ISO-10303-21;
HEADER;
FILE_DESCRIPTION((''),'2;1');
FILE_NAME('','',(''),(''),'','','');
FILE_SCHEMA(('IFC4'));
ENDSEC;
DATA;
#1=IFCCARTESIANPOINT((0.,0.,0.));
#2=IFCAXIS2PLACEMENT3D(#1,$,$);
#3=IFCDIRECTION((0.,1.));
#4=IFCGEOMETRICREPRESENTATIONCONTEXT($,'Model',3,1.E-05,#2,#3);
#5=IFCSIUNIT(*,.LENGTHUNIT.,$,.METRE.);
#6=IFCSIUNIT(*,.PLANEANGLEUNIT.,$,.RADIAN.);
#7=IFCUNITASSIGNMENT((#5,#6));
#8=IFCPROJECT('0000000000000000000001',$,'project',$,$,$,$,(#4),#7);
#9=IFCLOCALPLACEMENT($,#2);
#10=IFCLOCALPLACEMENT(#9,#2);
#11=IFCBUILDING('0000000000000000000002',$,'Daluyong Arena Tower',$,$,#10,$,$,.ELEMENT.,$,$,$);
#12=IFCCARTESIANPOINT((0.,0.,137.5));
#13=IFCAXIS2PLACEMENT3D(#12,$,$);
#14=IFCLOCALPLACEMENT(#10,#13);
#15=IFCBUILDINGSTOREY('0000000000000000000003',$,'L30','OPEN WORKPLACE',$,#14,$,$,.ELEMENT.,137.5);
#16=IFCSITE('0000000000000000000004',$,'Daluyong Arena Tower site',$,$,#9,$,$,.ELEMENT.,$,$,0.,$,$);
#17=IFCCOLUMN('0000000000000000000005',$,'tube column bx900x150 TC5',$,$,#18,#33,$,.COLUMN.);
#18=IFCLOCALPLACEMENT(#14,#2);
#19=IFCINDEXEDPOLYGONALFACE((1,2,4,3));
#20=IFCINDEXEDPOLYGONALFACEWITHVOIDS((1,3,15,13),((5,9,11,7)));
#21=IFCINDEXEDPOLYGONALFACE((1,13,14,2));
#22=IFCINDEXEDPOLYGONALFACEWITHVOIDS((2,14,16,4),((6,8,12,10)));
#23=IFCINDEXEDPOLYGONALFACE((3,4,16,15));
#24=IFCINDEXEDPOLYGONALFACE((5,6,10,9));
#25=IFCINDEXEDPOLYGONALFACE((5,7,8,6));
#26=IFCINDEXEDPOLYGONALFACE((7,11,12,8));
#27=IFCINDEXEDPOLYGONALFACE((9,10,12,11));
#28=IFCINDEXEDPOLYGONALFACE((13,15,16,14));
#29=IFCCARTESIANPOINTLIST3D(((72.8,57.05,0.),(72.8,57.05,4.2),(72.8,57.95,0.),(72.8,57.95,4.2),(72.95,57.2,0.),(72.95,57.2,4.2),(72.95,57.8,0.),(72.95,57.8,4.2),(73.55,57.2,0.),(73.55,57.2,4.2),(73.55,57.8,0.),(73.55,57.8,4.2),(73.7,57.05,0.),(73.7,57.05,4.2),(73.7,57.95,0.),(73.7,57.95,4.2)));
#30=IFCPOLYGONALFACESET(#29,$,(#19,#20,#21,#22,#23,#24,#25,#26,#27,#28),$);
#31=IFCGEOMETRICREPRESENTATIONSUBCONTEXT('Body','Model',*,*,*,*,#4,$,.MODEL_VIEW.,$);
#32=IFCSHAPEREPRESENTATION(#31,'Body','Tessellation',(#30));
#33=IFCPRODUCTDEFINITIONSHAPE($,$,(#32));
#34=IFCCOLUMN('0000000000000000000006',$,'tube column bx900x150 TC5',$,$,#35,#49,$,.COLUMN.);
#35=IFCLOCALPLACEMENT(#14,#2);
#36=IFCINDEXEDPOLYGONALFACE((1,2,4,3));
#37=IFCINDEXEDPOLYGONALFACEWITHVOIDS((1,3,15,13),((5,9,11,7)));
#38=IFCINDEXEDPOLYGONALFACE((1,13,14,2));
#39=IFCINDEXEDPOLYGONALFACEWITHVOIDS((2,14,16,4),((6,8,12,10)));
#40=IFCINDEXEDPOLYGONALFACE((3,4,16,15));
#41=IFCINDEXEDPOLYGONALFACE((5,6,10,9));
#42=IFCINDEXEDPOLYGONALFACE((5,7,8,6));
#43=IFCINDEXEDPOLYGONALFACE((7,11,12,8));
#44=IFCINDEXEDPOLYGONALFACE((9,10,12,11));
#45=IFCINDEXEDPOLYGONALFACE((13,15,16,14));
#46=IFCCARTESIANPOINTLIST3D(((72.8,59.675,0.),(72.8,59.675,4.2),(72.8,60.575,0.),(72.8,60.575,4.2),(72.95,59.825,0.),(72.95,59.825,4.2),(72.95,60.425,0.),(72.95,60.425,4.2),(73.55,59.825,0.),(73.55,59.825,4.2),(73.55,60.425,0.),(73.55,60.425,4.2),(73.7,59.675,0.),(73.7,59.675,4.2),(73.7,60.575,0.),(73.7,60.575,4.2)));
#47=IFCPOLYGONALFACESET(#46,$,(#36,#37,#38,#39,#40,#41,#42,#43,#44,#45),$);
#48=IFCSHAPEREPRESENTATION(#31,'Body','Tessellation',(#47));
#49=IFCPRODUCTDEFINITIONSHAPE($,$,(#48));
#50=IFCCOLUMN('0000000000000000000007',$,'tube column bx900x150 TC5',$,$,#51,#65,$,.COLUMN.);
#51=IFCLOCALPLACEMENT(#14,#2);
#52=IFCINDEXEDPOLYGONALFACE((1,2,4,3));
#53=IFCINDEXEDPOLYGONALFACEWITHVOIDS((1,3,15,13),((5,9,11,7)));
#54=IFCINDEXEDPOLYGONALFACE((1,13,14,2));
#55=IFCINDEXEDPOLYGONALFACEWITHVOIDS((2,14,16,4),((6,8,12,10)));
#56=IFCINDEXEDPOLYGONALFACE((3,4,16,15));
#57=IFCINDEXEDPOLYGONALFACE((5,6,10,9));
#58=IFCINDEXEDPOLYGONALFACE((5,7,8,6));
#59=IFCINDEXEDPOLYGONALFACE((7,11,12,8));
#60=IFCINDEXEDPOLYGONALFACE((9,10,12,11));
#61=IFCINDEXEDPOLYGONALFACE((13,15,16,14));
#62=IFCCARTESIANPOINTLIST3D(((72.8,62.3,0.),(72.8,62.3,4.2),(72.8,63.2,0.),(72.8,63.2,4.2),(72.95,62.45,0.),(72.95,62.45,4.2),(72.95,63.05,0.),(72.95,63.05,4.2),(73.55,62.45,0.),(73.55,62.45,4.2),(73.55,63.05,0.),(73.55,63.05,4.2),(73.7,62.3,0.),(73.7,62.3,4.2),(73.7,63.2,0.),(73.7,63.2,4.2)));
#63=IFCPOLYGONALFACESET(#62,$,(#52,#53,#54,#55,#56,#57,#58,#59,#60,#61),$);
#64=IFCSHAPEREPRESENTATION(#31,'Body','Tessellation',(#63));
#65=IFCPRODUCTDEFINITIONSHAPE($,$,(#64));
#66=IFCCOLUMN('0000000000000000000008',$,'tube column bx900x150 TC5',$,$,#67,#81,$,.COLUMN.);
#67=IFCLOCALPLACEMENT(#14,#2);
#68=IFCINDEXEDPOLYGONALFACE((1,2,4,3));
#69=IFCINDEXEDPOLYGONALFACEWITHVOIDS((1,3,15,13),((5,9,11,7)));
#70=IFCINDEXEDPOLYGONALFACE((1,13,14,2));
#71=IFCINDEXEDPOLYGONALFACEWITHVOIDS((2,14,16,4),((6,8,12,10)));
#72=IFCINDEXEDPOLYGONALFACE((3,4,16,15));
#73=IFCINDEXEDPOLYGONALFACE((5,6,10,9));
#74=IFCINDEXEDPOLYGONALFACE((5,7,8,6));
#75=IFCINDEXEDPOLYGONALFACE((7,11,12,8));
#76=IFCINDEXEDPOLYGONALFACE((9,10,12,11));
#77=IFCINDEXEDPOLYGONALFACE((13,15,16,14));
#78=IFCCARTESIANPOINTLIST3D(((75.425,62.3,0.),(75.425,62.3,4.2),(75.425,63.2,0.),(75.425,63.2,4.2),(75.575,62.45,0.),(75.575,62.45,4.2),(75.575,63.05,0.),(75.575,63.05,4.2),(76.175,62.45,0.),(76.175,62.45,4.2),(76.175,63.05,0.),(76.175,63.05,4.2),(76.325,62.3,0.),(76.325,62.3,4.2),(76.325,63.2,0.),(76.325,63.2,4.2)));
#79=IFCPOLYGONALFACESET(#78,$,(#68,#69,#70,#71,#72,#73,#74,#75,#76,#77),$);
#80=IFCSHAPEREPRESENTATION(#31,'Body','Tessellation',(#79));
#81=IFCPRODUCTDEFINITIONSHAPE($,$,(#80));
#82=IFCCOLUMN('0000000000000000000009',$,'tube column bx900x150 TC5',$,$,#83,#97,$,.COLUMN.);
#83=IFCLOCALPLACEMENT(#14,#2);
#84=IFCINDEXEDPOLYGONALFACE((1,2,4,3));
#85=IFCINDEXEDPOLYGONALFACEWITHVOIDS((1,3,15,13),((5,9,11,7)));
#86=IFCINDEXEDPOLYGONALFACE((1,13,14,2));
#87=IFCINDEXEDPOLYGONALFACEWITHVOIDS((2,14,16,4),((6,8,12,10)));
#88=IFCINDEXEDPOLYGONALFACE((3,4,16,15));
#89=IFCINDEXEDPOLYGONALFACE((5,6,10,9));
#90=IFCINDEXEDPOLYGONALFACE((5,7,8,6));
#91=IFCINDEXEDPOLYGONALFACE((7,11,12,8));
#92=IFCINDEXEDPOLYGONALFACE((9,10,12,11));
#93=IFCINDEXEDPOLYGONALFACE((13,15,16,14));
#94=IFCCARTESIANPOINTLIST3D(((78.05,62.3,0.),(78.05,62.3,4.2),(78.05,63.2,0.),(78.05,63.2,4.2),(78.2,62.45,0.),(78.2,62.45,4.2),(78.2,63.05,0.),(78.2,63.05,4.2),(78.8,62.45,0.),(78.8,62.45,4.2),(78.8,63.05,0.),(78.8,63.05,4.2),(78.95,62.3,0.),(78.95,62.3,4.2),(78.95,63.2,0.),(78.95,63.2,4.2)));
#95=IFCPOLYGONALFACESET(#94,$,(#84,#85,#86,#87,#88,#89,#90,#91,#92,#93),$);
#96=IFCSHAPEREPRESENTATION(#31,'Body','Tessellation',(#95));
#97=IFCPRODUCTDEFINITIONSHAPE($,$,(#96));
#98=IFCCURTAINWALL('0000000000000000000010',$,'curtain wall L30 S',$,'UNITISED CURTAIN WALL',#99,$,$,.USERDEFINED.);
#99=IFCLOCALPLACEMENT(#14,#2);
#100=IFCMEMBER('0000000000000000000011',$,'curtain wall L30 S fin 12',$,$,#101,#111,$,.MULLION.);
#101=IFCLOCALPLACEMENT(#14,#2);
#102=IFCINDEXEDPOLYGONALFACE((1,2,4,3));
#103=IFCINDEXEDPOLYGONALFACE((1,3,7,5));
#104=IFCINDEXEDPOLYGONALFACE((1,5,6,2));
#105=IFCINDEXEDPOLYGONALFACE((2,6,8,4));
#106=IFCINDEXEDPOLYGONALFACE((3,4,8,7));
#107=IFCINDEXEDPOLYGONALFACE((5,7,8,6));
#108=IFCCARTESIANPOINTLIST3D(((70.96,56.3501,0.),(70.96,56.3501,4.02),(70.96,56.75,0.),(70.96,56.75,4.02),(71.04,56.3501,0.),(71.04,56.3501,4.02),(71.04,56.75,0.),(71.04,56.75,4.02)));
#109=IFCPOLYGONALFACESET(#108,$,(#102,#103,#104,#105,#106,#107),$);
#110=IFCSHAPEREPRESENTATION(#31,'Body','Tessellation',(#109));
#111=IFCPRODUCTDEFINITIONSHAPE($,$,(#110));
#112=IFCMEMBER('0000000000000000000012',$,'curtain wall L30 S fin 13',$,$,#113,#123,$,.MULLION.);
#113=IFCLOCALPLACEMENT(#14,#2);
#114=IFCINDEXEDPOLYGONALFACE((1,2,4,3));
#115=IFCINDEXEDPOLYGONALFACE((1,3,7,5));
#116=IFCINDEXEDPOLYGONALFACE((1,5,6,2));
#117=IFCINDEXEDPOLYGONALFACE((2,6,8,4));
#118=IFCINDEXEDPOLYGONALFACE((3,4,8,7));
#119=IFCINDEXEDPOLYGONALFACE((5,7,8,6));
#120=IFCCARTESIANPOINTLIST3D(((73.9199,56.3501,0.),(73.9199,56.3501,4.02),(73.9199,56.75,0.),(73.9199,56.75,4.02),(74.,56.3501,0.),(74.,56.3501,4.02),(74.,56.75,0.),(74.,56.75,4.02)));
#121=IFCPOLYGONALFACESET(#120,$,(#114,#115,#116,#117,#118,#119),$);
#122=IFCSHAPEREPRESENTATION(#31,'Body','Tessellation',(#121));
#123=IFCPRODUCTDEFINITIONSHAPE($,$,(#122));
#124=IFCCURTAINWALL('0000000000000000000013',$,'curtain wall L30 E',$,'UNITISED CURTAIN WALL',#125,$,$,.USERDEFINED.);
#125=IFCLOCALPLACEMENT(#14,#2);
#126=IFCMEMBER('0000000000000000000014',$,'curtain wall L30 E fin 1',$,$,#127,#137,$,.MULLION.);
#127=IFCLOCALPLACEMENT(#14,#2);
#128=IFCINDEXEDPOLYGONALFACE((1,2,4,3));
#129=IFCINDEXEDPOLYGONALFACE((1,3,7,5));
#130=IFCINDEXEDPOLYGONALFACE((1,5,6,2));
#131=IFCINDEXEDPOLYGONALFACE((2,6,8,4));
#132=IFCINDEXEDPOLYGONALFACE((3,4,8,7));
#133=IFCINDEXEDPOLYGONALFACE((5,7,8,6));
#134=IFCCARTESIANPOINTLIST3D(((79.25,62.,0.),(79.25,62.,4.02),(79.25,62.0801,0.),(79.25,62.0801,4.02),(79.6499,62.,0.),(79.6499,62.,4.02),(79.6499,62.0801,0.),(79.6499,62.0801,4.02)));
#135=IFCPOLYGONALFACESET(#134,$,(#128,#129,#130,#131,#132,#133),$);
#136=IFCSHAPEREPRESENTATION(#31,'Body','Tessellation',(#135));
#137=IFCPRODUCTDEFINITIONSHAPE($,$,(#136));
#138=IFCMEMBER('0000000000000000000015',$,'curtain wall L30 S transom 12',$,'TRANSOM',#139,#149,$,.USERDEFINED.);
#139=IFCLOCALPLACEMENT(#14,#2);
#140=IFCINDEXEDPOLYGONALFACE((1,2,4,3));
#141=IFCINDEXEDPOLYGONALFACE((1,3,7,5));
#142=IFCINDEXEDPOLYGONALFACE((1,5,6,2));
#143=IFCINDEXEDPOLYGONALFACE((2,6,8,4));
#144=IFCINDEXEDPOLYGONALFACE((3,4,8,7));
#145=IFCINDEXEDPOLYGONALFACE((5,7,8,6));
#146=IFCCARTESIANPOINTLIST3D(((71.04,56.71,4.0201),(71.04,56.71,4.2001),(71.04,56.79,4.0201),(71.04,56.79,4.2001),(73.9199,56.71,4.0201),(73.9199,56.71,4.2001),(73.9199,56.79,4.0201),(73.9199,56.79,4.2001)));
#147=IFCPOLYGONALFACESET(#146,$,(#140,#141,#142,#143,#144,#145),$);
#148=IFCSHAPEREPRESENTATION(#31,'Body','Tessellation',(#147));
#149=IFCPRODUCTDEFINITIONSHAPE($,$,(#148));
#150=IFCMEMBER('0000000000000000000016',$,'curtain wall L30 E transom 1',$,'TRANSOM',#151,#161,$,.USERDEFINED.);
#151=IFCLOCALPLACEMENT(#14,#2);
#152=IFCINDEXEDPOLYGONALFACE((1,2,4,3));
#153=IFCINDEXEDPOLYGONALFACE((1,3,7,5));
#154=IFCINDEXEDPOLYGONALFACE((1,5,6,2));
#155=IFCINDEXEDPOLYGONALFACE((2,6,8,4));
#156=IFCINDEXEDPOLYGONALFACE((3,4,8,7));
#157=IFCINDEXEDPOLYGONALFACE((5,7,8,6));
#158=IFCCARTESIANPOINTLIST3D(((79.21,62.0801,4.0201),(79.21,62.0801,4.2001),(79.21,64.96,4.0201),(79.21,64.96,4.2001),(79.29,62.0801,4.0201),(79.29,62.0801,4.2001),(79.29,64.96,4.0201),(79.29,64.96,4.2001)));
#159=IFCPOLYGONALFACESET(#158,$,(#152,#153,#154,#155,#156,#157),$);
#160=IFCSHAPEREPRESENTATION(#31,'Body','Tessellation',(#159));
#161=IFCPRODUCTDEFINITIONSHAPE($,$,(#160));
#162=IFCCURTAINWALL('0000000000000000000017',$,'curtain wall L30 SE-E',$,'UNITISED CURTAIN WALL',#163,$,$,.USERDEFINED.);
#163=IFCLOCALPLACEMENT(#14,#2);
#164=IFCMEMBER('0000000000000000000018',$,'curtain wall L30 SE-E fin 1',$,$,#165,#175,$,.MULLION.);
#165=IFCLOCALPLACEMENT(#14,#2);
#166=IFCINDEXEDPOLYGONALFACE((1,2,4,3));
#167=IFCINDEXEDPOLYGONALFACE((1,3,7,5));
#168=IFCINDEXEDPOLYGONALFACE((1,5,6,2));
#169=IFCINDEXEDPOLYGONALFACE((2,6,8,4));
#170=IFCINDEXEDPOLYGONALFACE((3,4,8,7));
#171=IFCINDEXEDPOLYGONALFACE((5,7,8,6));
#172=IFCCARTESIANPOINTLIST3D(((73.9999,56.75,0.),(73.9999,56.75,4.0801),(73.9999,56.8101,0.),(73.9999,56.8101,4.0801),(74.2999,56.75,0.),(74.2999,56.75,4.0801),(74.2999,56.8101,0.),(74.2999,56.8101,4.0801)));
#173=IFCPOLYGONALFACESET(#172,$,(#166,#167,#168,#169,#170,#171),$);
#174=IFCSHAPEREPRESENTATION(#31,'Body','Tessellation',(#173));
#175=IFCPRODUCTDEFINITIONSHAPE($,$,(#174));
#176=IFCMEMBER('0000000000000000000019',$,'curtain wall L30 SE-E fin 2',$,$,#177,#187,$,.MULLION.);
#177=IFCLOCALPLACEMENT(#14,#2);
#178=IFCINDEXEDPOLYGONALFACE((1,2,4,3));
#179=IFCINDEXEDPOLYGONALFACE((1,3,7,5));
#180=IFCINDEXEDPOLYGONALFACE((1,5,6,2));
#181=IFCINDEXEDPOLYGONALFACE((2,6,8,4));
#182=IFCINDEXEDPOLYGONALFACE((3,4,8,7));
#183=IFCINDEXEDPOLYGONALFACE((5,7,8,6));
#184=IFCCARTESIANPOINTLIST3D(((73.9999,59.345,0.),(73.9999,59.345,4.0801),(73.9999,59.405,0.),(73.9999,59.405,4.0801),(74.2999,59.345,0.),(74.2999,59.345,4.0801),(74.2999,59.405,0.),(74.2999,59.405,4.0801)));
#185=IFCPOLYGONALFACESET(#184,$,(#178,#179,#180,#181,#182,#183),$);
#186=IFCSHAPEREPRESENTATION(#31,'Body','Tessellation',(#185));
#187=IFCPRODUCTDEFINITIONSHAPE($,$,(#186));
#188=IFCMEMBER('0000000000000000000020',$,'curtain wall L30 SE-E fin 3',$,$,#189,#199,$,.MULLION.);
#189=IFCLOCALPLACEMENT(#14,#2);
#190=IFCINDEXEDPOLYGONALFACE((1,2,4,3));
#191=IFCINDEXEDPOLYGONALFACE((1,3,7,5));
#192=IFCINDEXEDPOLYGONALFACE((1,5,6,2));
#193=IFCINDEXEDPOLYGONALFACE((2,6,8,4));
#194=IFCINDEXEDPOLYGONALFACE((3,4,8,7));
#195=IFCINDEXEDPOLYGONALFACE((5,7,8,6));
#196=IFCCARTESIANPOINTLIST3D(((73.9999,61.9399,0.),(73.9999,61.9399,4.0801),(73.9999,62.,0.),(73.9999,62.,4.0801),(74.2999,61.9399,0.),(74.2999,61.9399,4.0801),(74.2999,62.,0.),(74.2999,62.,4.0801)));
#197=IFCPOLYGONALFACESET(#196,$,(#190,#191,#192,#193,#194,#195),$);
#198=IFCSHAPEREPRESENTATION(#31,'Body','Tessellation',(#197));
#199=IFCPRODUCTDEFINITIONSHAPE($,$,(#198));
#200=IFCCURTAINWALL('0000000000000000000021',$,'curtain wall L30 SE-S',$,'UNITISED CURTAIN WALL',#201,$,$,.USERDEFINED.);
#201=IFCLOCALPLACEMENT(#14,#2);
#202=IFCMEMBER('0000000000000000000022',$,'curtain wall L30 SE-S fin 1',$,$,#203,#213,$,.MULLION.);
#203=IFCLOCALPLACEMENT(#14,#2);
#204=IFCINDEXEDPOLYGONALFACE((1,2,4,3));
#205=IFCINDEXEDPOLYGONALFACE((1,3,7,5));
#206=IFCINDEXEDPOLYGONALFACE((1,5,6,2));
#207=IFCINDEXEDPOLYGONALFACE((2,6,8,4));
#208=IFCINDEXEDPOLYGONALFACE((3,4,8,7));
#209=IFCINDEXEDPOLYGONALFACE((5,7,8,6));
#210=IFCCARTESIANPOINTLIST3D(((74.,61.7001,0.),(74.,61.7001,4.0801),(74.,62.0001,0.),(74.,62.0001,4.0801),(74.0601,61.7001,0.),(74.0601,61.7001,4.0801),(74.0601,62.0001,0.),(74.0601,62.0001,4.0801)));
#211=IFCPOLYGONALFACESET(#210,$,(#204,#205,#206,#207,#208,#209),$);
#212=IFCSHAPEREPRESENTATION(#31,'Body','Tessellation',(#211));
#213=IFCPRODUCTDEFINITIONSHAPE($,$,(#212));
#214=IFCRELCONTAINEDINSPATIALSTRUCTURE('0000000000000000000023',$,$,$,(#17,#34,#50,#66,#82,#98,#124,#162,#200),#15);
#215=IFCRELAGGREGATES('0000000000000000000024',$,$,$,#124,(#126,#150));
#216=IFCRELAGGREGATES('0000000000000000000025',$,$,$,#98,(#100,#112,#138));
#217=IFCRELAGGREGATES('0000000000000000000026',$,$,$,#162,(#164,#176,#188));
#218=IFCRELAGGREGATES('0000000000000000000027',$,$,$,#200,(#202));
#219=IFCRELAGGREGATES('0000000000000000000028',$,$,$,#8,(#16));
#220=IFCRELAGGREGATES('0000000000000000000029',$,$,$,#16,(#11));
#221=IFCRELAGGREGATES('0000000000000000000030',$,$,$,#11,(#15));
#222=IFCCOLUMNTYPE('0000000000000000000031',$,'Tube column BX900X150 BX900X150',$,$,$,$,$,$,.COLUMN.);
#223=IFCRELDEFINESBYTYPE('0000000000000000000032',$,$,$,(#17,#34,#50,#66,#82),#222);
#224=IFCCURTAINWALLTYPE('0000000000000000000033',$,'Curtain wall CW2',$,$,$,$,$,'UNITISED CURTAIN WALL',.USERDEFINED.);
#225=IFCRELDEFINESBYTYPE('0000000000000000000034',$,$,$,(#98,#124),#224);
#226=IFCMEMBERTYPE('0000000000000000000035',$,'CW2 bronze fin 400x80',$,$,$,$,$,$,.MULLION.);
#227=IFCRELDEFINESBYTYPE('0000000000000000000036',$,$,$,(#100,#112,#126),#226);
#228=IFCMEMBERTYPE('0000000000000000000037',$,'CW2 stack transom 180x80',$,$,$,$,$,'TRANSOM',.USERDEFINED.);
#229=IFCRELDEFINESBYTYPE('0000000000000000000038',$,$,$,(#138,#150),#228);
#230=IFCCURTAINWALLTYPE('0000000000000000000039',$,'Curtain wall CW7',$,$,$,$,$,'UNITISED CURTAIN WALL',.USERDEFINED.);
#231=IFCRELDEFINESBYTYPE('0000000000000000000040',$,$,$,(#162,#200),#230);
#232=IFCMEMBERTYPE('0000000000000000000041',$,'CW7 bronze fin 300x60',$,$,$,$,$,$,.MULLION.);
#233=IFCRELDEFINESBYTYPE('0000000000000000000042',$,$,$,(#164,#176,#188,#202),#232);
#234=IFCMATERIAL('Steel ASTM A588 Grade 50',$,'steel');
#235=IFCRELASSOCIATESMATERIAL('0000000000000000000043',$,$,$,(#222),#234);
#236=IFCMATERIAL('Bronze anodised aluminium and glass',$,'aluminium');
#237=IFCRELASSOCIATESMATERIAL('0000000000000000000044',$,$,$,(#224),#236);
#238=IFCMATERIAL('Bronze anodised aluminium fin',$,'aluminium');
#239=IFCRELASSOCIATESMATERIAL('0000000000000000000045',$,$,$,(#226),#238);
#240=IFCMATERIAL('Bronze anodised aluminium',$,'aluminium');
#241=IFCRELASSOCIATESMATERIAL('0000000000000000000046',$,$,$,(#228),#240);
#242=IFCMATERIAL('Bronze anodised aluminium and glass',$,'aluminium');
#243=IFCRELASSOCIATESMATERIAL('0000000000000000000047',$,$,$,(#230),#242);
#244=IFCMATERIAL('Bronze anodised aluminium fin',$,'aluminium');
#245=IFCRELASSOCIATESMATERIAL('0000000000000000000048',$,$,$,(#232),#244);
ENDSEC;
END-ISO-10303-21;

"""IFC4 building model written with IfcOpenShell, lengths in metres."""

from ifc_helpers import new_model, si_unit, direction, frame, origin, origin_2d, place, context, subcontext, project, spatial, rectangle, hollow_rectangle, extrude, material, material_profile, profile_set, type_object, element, aggregate, save


model = new_model("IFC4")

# Units and contexts
model_context = context("Model", 3, precision=1e-05, world=origin(), true_north=direction((0.0, 1.0)))
body_context = subcontext(model_context, "Body", "Model", "MODEL_VIEW")
ifc_project = project(units=[si_unit("LENGTHUNIT", "METRE"), si_unit("PLANEANGLEUNIT", "RADIAN")], contexts=[model_context])

# Site, building, storey
site_placement = place(None, origin())
site = spatial("IfcSite", under=ifc_project, at=site_placement, Name="Daluyong Arena Tower site", CompositionType="ELEMENT", RefElevation=0.0)
building_placement = place(site_placement, origin())
building = spatial("IfcBuilding", under=site, at=building_placement, Name="Daluyong Arena Tower", CompositionType="ELEMENT")
storey_placement = place(building_placement, frame((0.0, 0.0, 137.5)))
storey = spatial("IfcBuildingStorey", under=building, at=storey_placement, Name="L30", Description="OPEN WORKPLACE", CompositionType="ELEMENT", Elevation=137.5)

# Columns
ifc_material_1 = material(Name="Steel ASTM A588 Grade 50", Category="steel")
ifc_material_profile_1 = material_profile(ifc_material_1, hollow_rectangle(XDim=0.8999, YDim=0.8999, WallThickness=0.15, at=origin_2d()))
ifc_profile_set_1 = profile_set([ifc_material_profile_1], Name="Steel ASTM A588 Grade 50")
column_type = type_object("IfcColumnType", Name="Tube column BX900X150 BX900X150", PredefinedType="COLUMN", material=ifc_profile_set_1)
for number, where, z_axis, x_axis, name in (
    (1, (73.25, 57.5, 0.0), (0.0, 0.0, 1.0), (0.0, 1.0, 0.0), "tube column bx900x150 TC5"),
    (2, (73.25, 60.125, 0.0), (0.0, 0.0, 1.0), (0.0, 1.0, 0.0), "tube column bx900x150 TC5"),
    (3, (73.25, 62.75, 0.0), (0.0, 0.0, 1.0), (1.0, 0.0, 0.0), "tube column bx900x150 TC5"),
    (4, (75.875, 62.75, 0.0), (0.0, 0.0, 1.0), (1.0, 0.0, 0.0), "tube column bx900x150 TC5"),
    (5, (78.5, 62.75, 0.0), (0.0, 0.0, 1.0), (0.0, 1.0, 0.0), "tube column bx900x150 TC5"),
):
    element("IfcColumn", number, at=place(storey_placement, frame(where, z_axis=z_axis, x_axis=x_axis)), inside=storey, type_object=column_type, Name=name, PredefinedType="COLUMN", context=body_context, shape_type="SweptSolid", body=[
        extrude(hollow_rectangle(XDim=0.8999, YDim=0.8999, WallThickness=0.15, at=origin_2d()), origin(), (0.0, 0.0, 1.0), 4.2),
    ])

# Curtain wall, members
ifc_material_2 = material(Name="Bronze anodised aluminium and glass", Category="aluminium")
curtain_wall_type_1 = type_object("IfcCurtainWallType", Name="Curtain wall CW2", ElementType="UNITISED CURTAIN WALL", PredefinedType="USERDEFINED", material=ifc_material_2)
curtain_wall_1_placement = place(storey_placement, origin())
curtain_wall_1 = element("IfcCurtainWall", 6, at=curtain_wall_1_placement, inside=storey, type_object=curtain_wall_type_1, Name="curtain wall L30 S", ObjectType="UNITISED CURTAIN WALL", PredefinedType="USERDEFINED")
ifc_material_3 = material(Name="Bronze anodised aluminium fin", Category="aluminium")
ifc_material_profile_2 = material_profile(ifc_material_3, rectangle(XDim=0.3999, YDim=0.0801, at=origin_2d()))
ifc_profile_set_2 = profile_set([ifc_material_profile_2], Name="Bronze anodised aluminium fin")
member_type_1 = type_object("IfcMemberType", Name="CW2 bronze fin 400x80", PredefinedType="MULLION", material=ifc_profile_set_2)
member_1_placement = place(storey_placement, frame((71.0, 56.55, 0.0), z_axis=(0.0, 0.0, 1.0), x_axis=(0.0, 1.0, 0.0)))
member_1 = element("IfcMember", 7, at=member_1_placement, type_object=member_type_1, Name="curtain wall L30 S fin 12", PredefinedType="MULLION", context=body_context, shape_type="SweptSolid", body=[
    extrude(rectangle(XDim=0.3999, YDim=0.0801, at=origin_2d()), origin(), (0.0, 0.0, 1.0), 4.02),
])
member_2_placement = place(storey_placement, frame((73.96, 56.55, 0.0), z_axis=(0.0, 0.0, 1.0), x_axis=(0.0, 1.0, 0.0)))
member_2 = element("IfcMember", 8, at=member_2_placement, type_object=member_type_1, Name="curtain wall L30 S fin 13", PredefinedType="MULLION", context=body_context, shape_type="SweptSolid", body=[
    extrude(rectangle(XDim=0.3999, YDim=0.0801, at=origin_2d()), origin(), (0.0, 0.0, 1.0), 4.02),
])

# Curtain wall, member
curtain_wall_2_placement = place(storey_placement, origin())
curtain_wall_2 = element("IfcCurtainWall", 9, at=curtain_wall_2_placement, inside=storey, type_object=curtain_wall_type_1, Name="curtain wall L30 E", ObjectType="UNITISED CURTAIN WALL", PredefinedType="USERDEFINED")
member_3_placement = place(storey_placement, frame((79.45, 62.04, 0.0), z_axis=(0.0, 0.0, 1.0), x_axis=(-1.0, 0.0, 0.0)))
member_3 = element("IfcMember", 10, at=member_3_placement, type_object=member_type_1, Name="curtain wall L30 E fin 1", PredefinedType="MULLION", context=body_context, shape_type="SweptSolid", body=[
    extrude(rectangle(XDim=0.3999, YDim=0.0801, at=origin_2d()), origin(), (0.0, 0.0, 1.0), 4.02),
])

# Members
ifc_material_4 = material(Name="Bronze anodised aluminium", Category="aluminium")
ifc_material_profile_3 = material_profile(ifc_material_4, rectangle(XDim=0.0801, YDim=0.1799, at=origin_2d()))
ifc_profile_set_3 = profile_set([ifc_material_profile_3], Name="Bronze anodised aluminium")
member_type_2 = type_object("IfcMemberType", Name="CW2 stack transom 180x80", ElementType="TRANSOM", PredefinedType="USERDEFINED", material=ifc_profile_set_3)
member_4_placement = place(storey_placement, frame((71.04, 56.75, 4.1101), z_axis=(1.0, 0.0, 0.0), x_axis=(0.0, 1.0, 0.0)))
member_4 = element("IfcMember", 11, at=member_4_placement, type_object=member_type_2, Name="curtain wall L30 S transom 12", ObjectType="TRANSOM", PredefinedType="USERDEFINED", context=body_context, shape_type="SweptSolid", body=[
    extrude(rectangle(XDim=0.0801, YDim=0.1799, at=origin_2d()), origin(), (0.0, 0.0, 1.0), 2.8799),
])
member_5_placement = place(storey_placement, frame((79.25, 62.0801, 4.1101), z_axis=(0.0, 1.0, 0.0), x_axis=(-1.0, 0.0, 0.0)))
member_5 = element("IfcMember", 12, at=member_5_placement, type_object=member_type_2, Name="curtain wall L30 E transom 1", ObjectType="TRANSOM", PredefinedType="USERDEFINED", context=body_context, shape_type="SweptSolid", body=[
    extrude(rectangle(XDim=0.0801, YDim=0.1799, at=origin_2d()), origin(), (0.0, 0.0, 1.0), 2.8799),
])
aggregate(curtain_wall_2, [member_3, member_5])

# Curtain walls, members
ifc_material_5 = material(Name="Bronze anodised aluminium and glass", Category="aluminium")
curtain_wall_type_2 = type_object("IfcCurtainWallType", Name="Curtain wall CW7", ElementType="UNITISED CURTAIN WALL", PredefinedType="USERDEFINED", material=ifc_material_5)
curtain_wall_3_placement = place(storey_placement, origin())
curtain_wall_3 = element("IfcCurtainWall", 13, at=curtain_wall_3_placement, inside=storey, type_object=curtain_wall_type_2, Name="curtain wall L30 SE-E", ObjectType="UNITISED CURTAIN WALL", PredefinedType="USERDEFINED")
ifc_material_6 = material(Name="Bronze anodised aluminium fin", Category="aluminium")
ifc_material_profile_4 = material_profile(ifc_material_6, rectangle(XDim=0.3, YDim=0.0601, at=origin_2d()))
ifc_profile_set_4 = profile_set([ifc_material_profile_4], Name="Bronze anodised aluminium fin")
member_type_3 = type_object("IfcMemberType", Name="CW7 bronze fin 300x60", PredefinedType="MULLION", material=ifc_profile_set_4)
member_6_placement = place(storey_placement, frame((74.1499, 56.78, 0.0), z_axis=(0.0, 0.0, 1.0), x_axis=(-1.0, 0.0, 0.0)))
member_6 = element("IfcMember", 14, at=member_6_placement, type_object=member_type_3, Name="curtain wall L30 SE-E fin 1", PredefinedType="MULLION", context=body_context, shape_type="SweptSolid", body=[
    extrude(rectangle(XDim=0.3, YDim=0.0601, at=origin_2d()), origin(), (0.0, 0.0, 1.0), 4.0801),
])
member_7_placement = place(storey_placement, frame((74.1499, 59.375, 0.0), z_axis=(0.0, 0.0, 1.0), x_axis=(-1.0, 0.0, 0.0)))
member_7 = element("IfcMember", 15, at=member_7_placement, type_object=member_type_3, Name="curtain wall L30 SE-E fin 2", PredefinedType="MULLION", context=body_context, shape_type="SweptSolid", body=[
    extrude(rectangle(XDim=0.3, YDim=0.0601, at=origin_2d()), origin(), (0.0, 0.0, 1.0), 4.0801),
])
member_8_placement = place(storey_placement, frame((74.1499, 61.97, 0.0), z_axis=(0.0, 0.0, 1.0), x_axis=(-1.0, 0.0, 0.0)))
member_8 = element("IfcMember", 16, at=member_8_placement, type_object=member_type_3, Name="curtain wall L30 SE-E fin 3", PredefinedType="MULLION", context=body_context, shape_type="SweptSolid", body=[
    extrude(rectangle(XDim=0.3, YDim=0.0601, at=origin_2d()), origin(), (0.0, 0.0, 1.0), 4.0801),
])
curtain_wall_4_placement = place(storey_placement, origin())
curtain_wall_4 = element("IfcCurtainWall", 17, at=curtain_wall_4_placement, inside=storey, type_object=curtain_wall_type_2, Name="curtain wall L30 SE-S", ObjectType="UNITISED CURTAIN WALL", PredefinedType="USERDEFINED")
member_9_placement = place(storey_placement, frame((74.03, 61.8501, 0.0), z_axis=(0.0, 0.0, 1.0), x_axis=(0.0, 1.0, 0.0)))
member_9 = element("IfcMember", 18, at=member_9_placement, type_object=member_type_3, Name="curtain wall L30 SE-S fin 1", PredefinedType="MULLION", context=body_context, shape_type="SweptSolid", body=[
    extrude(rectangle(XDim=0.3, YDim=0.0601, at=origin_2d()), origin(), (0.0, 0.0, 1.0), 4.0801),
])

aggregate(curtain_wall_1, [member_1, member_2, member_4])
aggregate(curtain_wall_3, [member_6, member_7, member_8])
aggregate(curtain_wall_4, [member_9])

save(model, "model.ifc")
